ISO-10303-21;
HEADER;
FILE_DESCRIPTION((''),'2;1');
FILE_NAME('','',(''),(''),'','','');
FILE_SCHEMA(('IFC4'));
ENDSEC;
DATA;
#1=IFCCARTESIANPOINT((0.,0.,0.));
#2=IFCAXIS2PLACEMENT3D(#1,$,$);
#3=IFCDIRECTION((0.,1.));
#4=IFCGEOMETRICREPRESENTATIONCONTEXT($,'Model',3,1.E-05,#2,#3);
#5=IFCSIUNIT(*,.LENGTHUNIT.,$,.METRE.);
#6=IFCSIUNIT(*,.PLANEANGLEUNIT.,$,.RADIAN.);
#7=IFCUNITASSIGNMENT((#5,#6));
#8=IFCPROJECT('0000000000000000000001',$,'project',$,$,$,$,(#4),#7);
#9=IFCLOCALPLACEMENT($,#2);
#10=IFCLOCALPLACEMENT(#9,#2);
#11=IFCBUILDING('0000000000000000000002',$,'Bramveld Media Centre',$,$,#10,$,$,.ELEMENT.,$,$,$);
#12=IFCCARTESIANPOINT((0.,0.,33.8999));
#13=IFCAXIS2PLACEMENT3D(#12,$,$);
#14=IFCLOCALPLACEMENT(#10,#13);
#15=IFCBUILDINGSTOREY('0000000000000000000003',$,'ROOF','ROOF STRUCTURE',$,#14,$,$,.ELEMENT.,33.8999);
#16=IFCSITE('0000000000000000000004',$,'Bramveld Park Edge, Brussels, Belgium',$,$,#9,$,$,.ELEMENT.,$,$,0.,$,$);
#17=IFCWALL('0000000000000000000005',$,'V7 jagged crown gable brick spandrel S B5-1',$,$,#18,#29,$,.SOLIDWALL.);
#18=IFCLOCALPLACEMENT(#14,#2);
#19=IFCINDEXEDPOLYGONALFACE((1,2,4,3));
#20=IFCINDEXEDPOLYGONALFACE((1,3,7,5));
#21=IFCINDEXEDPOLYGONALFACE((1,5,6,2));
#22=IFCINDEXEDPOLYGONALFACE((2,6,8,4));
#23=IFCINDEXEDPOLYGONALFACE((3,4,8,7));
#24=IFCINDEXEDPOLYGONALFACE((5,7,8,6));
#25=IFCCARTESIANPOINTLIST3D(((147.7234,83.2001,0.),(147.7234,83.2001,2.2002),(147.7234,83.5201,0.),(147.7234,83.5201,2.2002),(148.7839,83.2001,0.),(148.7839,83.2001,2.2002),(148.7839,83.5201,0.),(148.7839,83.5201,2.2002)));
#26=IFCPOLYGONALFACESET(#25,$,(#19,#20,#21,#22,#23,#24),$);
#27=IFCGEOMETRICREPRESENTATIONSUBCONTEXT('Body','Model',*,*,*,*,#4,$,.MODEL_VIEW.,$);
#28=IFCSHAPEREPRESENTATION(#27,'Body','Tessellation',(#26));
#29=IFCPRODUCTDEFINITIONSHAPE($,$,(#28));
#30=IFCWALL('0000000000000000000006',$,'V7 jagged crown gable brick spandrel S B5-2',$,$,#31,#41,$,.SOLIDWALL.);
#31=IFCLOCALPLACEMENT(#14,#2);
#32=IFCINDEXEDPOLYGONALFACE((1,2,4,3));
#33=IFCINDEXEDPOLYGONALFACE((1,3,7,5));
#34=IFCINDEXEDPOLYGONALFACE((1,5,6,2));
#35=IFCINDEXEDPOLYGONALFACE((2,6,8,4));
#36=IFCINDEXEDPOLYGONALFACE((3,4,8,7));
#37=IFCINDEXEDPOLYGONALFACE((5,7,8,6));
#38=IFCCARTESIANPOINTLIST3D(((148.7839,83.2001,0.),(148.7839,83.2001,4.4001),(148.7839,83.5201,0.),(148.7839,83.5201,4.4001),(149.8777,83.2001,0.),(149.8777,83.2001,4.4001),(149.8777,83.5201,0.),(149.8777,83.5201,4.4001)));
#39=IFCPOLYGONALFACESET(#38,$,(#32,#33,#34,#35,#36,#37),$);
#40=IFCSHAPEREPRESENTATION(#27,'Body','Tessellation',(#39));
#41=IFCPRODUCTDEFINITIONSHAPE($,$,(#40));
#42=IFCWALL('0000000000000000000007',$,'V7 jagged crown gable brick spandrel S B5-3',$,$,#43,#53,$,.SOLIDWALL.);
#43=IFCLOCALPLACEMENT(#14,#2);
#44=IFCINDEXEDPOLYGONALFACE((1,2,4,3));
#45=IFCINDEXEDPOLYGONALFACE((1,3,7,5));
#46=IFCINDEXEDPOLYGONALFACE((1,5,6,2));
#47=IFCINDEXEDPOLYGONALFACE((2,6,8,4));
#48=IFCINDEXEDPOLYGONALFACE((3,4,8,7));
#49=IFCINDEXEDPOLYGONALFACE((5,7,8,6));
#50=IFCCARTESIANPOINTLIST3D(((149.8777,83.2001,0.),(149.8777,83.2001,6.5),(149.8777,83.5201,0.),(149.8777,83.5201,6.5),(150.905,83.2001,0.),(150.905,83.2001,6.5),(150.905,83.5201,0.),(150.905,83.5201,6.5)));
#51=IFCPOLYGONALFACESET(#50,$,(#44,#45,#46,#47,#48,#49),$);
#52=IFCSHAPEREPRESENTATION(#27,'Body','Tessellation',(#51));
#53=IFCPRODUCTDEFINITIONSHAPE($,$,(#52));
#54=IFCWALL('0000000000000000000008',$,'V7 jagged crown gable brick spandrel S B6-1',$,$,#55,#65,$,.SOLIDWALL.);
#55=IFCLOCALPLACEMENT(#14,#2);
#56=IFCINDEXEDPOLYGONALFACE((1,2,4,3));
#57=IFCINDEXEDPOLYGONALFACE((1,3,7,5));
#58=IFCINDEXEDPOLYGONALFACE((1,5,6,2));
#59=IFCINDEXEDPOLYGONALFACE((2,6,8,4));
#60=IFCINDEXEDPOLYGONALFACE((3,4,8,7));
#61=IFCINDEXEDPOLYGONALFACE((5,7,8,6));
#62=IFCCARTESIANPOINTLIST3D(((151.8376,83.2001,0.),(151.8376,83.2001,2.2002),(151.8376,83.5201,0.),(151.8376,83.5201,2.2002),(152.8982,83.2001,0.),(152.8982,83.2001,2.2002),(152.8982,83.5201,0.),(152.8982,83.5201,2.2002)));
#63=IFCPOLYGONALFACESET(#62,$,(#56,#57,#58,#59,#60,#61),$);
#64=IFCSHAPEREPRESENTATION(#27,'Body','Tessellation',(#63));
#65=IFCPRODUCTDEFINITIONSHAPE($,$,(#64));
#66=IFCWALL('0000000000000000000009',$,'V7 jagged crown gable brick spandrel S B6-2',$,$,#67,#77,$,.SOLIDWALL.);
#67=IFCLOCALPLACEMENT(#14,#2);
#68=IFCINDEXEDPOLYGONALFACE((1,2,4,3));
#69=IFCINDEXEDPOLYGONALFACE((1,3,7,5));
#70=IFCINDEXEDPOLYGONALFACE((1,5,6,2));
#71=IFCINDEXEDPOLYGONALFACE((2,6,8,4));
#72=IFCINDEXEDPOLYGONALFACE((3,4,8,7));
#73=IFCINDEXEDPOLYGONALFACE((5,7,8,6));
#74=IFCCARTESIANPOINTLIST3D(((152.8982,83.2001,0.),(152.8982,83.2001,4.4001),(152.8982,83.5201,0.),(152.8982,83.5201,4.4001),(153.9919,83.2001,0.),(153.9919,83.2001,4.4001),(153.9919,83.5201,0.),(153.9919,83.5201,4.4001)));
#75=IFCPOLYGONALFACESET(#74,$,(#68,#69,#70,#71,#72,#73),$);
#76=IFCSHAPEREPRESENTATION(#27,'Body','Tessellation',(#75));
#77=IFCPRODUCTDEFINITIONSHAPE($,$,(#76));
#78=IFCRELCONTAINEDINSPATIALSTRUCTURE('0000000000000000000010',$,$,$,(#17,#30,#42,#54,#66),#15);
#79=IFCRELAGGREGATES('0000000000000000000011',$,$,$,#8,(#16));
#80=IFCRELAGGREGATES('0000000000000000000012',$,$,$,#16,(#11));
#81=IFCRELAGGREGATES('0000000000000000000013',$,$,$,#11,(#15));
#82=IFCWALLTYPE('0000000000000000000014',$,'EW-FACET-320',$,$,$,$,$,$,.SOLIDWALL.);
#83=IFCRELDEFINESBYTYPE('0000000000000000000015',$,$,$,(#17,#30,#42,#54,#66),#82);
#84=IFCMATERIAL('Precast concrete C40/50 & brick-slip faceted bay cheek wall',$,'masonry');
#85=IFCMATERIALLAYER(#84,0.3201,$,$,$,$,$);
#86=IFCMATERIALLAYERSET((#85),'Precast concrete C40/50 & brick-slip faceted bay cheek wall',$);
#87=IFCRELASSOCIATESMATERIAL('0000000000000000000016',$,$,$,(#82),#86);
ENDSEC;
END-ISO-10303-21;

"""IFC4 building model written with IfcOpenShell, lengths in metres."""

from ifc_helpers import new_model, si_unit, direction, frame, frame_2d, origin, place, context, subcontext, project, spatial, rectangle, extrude, material, layer, layer_set, type_object, element, save


model = new_model("IFC4")

# Units and contexts
model_context = context("Model", 3, precision=1e-05, world=origin(), true_north=direction((0.0, 1.0)))
body_context = subcontext(model_context, "Body", "Model", "MODEL_VIEW")
ifc_project = project(units=[si_unit("LENGTHUNIT", "METRE"), si_unit("PLANEANGLEUNIT", "RADIAN")], contexts=[model_context])

# Site, building, storey
site_placement = place(None, origin())
site = spatial("IfcSite", under=ifc_project, at=site_placement, Name="Bramveld Park Edge, Brussels, Belgium", CompositionType="ELEMENT", RefElevation=0.0)
building_placement = place(site_placement, origin())
building = spatial("IfcBuilding", under=site, at=building_placement, Name="Bramveld Media Centre", CompositionType="ELEMENT")
storey_placement = place(building_placement, frame((0.0, 0.0, 33.8999)))
storey = spatial("IfcBuildingStorey", under=building, at=storey_placement, Name="ROOF", Description="ROOF STRUCTURE", CompositionType="ELEMENT", Elevation=33.8999)

# Walls
ifc_material_1 = material(Name="Precast concrete C40/50 & brick-slip faceted bay cheek wall", Category="masonry")
ifc_layer_1 = layer(ifc_material_1, 0.3201)
ifc_layer_set_1 = layer_set([ifc_layer_1], Name="Precast concrete C40/50 & brick-slip faceted bay cheek wall")
wall_type = type_object("IfcWallType", Name="EW-FACET-320", PredefinedType="SOLIDWALL", material=ifc_layer_set_1)
wall_1_placement = place(storey_placement, frame((148.7839, 83.3601, 0.0), z_axis=(0.0, 0.0, 1.0), x_axis=(-1.0, 0.0, 0.0)))
element("IfcWall", 1, at=wall_1_placement, inside=storey, type_object=wall_type, Name="V7 jagged crown gable brick spandrel S B5-1", PredefinedType="SOLIDWALL", context=body_context, shape_type="SweptSolid", body=[
    extrude(rectangle(XDim=1.0605, YDim=0.3201, at=frame_2d((0.5303, 0.0))), origin(), (0.0, 0.0, 1.0), 2.2002),
])
wall_2_placement = place(storey_placement, frame((149.8777, 83.3601, 0.0), z_axis=(0.0, 0.0, 1.0), x_axis=(-1.0, 0.0, 0.0)))
element("IfcWall", 2, at=wall_2_placement, inside=storey, type_object=wall_type, Name="V7 jagged crown gable brick spandrel S B5-2", PredefinedType="SOLIDWALL", context=body_context, shape_type="SweptSolid", body=[
    extrude(rectangle(XDim=1.0938, YDim=0.3201, at=frame_2d((0.5469, 0.0))), origin(), (0.0, 0.0, 1.0), 4.4001),
])
wall_3_placement = place(storey_placement, frame((150.905, 83.3601, 0.0), z_axis=(0.0, 0.0, 1.0), x_axis=(-1.0, 0.0, 0.0)))
element("IfcWall", 3, at=wall_3_placement, inside=storey, type_object=wall_type, Name="V7 jagged crown gable brick spandrel S B5-3", PredefinedType="SOLIDWALL", context=body_context, shape_type="SweptSolid", body=[
    extrude(rectangle(XDim=1.0273, YDim=0.3201, at=frame_2d((0.5137, 0.0))), origin(), (0.0, 0.0, 1.0), 6.5),
])
wall_4_placement = place(storey_placement, frame((152.8982, 83.3601, 0.0), z_axis=(0.0, 0.0, 1.0), x_axis=(-1.0, 0.0, 0.0)))
element("IfcWall", 4, at=wall_4_placement, inside=storey, type_object=wall_type, Name="V7 jagged crown gable brick spandrel S B6-1", PredefinedType="SOLIDWALL", context=body_context, shape_type="SweptSolid", body=[
    extrude(rectangle(XDim=1.0605, YDim=0.3201, at=frame_2d((0.5303, 0.0))), origin(), (0.0, 0.0, 1.0), 2.2002),
])
wall_5_placement = place(storey_placement, frame((153.9919, 83.3601, 0.0), z_axis=(0.0, 0.0, 1.0), x_axis=(-1.0, 0.0, 0.0)))
element("IfcWall", 5, at=wall_5_placement, inside=storey, type_object=wall_type, Name="V7 jagged crown gable brick spandrel S B6-2", PredefinedType="SOLIDWALL", context=body_context, shape_type="SweptSolid", body=[
    extrude(rectangle(XDim=1.0938, YDim=0.3201, at=frame_2d((0.5469, 0.0))), origin(), (0.0, 0.0, 1.0), 4.4001),
])

save(model, "model.ifc")
